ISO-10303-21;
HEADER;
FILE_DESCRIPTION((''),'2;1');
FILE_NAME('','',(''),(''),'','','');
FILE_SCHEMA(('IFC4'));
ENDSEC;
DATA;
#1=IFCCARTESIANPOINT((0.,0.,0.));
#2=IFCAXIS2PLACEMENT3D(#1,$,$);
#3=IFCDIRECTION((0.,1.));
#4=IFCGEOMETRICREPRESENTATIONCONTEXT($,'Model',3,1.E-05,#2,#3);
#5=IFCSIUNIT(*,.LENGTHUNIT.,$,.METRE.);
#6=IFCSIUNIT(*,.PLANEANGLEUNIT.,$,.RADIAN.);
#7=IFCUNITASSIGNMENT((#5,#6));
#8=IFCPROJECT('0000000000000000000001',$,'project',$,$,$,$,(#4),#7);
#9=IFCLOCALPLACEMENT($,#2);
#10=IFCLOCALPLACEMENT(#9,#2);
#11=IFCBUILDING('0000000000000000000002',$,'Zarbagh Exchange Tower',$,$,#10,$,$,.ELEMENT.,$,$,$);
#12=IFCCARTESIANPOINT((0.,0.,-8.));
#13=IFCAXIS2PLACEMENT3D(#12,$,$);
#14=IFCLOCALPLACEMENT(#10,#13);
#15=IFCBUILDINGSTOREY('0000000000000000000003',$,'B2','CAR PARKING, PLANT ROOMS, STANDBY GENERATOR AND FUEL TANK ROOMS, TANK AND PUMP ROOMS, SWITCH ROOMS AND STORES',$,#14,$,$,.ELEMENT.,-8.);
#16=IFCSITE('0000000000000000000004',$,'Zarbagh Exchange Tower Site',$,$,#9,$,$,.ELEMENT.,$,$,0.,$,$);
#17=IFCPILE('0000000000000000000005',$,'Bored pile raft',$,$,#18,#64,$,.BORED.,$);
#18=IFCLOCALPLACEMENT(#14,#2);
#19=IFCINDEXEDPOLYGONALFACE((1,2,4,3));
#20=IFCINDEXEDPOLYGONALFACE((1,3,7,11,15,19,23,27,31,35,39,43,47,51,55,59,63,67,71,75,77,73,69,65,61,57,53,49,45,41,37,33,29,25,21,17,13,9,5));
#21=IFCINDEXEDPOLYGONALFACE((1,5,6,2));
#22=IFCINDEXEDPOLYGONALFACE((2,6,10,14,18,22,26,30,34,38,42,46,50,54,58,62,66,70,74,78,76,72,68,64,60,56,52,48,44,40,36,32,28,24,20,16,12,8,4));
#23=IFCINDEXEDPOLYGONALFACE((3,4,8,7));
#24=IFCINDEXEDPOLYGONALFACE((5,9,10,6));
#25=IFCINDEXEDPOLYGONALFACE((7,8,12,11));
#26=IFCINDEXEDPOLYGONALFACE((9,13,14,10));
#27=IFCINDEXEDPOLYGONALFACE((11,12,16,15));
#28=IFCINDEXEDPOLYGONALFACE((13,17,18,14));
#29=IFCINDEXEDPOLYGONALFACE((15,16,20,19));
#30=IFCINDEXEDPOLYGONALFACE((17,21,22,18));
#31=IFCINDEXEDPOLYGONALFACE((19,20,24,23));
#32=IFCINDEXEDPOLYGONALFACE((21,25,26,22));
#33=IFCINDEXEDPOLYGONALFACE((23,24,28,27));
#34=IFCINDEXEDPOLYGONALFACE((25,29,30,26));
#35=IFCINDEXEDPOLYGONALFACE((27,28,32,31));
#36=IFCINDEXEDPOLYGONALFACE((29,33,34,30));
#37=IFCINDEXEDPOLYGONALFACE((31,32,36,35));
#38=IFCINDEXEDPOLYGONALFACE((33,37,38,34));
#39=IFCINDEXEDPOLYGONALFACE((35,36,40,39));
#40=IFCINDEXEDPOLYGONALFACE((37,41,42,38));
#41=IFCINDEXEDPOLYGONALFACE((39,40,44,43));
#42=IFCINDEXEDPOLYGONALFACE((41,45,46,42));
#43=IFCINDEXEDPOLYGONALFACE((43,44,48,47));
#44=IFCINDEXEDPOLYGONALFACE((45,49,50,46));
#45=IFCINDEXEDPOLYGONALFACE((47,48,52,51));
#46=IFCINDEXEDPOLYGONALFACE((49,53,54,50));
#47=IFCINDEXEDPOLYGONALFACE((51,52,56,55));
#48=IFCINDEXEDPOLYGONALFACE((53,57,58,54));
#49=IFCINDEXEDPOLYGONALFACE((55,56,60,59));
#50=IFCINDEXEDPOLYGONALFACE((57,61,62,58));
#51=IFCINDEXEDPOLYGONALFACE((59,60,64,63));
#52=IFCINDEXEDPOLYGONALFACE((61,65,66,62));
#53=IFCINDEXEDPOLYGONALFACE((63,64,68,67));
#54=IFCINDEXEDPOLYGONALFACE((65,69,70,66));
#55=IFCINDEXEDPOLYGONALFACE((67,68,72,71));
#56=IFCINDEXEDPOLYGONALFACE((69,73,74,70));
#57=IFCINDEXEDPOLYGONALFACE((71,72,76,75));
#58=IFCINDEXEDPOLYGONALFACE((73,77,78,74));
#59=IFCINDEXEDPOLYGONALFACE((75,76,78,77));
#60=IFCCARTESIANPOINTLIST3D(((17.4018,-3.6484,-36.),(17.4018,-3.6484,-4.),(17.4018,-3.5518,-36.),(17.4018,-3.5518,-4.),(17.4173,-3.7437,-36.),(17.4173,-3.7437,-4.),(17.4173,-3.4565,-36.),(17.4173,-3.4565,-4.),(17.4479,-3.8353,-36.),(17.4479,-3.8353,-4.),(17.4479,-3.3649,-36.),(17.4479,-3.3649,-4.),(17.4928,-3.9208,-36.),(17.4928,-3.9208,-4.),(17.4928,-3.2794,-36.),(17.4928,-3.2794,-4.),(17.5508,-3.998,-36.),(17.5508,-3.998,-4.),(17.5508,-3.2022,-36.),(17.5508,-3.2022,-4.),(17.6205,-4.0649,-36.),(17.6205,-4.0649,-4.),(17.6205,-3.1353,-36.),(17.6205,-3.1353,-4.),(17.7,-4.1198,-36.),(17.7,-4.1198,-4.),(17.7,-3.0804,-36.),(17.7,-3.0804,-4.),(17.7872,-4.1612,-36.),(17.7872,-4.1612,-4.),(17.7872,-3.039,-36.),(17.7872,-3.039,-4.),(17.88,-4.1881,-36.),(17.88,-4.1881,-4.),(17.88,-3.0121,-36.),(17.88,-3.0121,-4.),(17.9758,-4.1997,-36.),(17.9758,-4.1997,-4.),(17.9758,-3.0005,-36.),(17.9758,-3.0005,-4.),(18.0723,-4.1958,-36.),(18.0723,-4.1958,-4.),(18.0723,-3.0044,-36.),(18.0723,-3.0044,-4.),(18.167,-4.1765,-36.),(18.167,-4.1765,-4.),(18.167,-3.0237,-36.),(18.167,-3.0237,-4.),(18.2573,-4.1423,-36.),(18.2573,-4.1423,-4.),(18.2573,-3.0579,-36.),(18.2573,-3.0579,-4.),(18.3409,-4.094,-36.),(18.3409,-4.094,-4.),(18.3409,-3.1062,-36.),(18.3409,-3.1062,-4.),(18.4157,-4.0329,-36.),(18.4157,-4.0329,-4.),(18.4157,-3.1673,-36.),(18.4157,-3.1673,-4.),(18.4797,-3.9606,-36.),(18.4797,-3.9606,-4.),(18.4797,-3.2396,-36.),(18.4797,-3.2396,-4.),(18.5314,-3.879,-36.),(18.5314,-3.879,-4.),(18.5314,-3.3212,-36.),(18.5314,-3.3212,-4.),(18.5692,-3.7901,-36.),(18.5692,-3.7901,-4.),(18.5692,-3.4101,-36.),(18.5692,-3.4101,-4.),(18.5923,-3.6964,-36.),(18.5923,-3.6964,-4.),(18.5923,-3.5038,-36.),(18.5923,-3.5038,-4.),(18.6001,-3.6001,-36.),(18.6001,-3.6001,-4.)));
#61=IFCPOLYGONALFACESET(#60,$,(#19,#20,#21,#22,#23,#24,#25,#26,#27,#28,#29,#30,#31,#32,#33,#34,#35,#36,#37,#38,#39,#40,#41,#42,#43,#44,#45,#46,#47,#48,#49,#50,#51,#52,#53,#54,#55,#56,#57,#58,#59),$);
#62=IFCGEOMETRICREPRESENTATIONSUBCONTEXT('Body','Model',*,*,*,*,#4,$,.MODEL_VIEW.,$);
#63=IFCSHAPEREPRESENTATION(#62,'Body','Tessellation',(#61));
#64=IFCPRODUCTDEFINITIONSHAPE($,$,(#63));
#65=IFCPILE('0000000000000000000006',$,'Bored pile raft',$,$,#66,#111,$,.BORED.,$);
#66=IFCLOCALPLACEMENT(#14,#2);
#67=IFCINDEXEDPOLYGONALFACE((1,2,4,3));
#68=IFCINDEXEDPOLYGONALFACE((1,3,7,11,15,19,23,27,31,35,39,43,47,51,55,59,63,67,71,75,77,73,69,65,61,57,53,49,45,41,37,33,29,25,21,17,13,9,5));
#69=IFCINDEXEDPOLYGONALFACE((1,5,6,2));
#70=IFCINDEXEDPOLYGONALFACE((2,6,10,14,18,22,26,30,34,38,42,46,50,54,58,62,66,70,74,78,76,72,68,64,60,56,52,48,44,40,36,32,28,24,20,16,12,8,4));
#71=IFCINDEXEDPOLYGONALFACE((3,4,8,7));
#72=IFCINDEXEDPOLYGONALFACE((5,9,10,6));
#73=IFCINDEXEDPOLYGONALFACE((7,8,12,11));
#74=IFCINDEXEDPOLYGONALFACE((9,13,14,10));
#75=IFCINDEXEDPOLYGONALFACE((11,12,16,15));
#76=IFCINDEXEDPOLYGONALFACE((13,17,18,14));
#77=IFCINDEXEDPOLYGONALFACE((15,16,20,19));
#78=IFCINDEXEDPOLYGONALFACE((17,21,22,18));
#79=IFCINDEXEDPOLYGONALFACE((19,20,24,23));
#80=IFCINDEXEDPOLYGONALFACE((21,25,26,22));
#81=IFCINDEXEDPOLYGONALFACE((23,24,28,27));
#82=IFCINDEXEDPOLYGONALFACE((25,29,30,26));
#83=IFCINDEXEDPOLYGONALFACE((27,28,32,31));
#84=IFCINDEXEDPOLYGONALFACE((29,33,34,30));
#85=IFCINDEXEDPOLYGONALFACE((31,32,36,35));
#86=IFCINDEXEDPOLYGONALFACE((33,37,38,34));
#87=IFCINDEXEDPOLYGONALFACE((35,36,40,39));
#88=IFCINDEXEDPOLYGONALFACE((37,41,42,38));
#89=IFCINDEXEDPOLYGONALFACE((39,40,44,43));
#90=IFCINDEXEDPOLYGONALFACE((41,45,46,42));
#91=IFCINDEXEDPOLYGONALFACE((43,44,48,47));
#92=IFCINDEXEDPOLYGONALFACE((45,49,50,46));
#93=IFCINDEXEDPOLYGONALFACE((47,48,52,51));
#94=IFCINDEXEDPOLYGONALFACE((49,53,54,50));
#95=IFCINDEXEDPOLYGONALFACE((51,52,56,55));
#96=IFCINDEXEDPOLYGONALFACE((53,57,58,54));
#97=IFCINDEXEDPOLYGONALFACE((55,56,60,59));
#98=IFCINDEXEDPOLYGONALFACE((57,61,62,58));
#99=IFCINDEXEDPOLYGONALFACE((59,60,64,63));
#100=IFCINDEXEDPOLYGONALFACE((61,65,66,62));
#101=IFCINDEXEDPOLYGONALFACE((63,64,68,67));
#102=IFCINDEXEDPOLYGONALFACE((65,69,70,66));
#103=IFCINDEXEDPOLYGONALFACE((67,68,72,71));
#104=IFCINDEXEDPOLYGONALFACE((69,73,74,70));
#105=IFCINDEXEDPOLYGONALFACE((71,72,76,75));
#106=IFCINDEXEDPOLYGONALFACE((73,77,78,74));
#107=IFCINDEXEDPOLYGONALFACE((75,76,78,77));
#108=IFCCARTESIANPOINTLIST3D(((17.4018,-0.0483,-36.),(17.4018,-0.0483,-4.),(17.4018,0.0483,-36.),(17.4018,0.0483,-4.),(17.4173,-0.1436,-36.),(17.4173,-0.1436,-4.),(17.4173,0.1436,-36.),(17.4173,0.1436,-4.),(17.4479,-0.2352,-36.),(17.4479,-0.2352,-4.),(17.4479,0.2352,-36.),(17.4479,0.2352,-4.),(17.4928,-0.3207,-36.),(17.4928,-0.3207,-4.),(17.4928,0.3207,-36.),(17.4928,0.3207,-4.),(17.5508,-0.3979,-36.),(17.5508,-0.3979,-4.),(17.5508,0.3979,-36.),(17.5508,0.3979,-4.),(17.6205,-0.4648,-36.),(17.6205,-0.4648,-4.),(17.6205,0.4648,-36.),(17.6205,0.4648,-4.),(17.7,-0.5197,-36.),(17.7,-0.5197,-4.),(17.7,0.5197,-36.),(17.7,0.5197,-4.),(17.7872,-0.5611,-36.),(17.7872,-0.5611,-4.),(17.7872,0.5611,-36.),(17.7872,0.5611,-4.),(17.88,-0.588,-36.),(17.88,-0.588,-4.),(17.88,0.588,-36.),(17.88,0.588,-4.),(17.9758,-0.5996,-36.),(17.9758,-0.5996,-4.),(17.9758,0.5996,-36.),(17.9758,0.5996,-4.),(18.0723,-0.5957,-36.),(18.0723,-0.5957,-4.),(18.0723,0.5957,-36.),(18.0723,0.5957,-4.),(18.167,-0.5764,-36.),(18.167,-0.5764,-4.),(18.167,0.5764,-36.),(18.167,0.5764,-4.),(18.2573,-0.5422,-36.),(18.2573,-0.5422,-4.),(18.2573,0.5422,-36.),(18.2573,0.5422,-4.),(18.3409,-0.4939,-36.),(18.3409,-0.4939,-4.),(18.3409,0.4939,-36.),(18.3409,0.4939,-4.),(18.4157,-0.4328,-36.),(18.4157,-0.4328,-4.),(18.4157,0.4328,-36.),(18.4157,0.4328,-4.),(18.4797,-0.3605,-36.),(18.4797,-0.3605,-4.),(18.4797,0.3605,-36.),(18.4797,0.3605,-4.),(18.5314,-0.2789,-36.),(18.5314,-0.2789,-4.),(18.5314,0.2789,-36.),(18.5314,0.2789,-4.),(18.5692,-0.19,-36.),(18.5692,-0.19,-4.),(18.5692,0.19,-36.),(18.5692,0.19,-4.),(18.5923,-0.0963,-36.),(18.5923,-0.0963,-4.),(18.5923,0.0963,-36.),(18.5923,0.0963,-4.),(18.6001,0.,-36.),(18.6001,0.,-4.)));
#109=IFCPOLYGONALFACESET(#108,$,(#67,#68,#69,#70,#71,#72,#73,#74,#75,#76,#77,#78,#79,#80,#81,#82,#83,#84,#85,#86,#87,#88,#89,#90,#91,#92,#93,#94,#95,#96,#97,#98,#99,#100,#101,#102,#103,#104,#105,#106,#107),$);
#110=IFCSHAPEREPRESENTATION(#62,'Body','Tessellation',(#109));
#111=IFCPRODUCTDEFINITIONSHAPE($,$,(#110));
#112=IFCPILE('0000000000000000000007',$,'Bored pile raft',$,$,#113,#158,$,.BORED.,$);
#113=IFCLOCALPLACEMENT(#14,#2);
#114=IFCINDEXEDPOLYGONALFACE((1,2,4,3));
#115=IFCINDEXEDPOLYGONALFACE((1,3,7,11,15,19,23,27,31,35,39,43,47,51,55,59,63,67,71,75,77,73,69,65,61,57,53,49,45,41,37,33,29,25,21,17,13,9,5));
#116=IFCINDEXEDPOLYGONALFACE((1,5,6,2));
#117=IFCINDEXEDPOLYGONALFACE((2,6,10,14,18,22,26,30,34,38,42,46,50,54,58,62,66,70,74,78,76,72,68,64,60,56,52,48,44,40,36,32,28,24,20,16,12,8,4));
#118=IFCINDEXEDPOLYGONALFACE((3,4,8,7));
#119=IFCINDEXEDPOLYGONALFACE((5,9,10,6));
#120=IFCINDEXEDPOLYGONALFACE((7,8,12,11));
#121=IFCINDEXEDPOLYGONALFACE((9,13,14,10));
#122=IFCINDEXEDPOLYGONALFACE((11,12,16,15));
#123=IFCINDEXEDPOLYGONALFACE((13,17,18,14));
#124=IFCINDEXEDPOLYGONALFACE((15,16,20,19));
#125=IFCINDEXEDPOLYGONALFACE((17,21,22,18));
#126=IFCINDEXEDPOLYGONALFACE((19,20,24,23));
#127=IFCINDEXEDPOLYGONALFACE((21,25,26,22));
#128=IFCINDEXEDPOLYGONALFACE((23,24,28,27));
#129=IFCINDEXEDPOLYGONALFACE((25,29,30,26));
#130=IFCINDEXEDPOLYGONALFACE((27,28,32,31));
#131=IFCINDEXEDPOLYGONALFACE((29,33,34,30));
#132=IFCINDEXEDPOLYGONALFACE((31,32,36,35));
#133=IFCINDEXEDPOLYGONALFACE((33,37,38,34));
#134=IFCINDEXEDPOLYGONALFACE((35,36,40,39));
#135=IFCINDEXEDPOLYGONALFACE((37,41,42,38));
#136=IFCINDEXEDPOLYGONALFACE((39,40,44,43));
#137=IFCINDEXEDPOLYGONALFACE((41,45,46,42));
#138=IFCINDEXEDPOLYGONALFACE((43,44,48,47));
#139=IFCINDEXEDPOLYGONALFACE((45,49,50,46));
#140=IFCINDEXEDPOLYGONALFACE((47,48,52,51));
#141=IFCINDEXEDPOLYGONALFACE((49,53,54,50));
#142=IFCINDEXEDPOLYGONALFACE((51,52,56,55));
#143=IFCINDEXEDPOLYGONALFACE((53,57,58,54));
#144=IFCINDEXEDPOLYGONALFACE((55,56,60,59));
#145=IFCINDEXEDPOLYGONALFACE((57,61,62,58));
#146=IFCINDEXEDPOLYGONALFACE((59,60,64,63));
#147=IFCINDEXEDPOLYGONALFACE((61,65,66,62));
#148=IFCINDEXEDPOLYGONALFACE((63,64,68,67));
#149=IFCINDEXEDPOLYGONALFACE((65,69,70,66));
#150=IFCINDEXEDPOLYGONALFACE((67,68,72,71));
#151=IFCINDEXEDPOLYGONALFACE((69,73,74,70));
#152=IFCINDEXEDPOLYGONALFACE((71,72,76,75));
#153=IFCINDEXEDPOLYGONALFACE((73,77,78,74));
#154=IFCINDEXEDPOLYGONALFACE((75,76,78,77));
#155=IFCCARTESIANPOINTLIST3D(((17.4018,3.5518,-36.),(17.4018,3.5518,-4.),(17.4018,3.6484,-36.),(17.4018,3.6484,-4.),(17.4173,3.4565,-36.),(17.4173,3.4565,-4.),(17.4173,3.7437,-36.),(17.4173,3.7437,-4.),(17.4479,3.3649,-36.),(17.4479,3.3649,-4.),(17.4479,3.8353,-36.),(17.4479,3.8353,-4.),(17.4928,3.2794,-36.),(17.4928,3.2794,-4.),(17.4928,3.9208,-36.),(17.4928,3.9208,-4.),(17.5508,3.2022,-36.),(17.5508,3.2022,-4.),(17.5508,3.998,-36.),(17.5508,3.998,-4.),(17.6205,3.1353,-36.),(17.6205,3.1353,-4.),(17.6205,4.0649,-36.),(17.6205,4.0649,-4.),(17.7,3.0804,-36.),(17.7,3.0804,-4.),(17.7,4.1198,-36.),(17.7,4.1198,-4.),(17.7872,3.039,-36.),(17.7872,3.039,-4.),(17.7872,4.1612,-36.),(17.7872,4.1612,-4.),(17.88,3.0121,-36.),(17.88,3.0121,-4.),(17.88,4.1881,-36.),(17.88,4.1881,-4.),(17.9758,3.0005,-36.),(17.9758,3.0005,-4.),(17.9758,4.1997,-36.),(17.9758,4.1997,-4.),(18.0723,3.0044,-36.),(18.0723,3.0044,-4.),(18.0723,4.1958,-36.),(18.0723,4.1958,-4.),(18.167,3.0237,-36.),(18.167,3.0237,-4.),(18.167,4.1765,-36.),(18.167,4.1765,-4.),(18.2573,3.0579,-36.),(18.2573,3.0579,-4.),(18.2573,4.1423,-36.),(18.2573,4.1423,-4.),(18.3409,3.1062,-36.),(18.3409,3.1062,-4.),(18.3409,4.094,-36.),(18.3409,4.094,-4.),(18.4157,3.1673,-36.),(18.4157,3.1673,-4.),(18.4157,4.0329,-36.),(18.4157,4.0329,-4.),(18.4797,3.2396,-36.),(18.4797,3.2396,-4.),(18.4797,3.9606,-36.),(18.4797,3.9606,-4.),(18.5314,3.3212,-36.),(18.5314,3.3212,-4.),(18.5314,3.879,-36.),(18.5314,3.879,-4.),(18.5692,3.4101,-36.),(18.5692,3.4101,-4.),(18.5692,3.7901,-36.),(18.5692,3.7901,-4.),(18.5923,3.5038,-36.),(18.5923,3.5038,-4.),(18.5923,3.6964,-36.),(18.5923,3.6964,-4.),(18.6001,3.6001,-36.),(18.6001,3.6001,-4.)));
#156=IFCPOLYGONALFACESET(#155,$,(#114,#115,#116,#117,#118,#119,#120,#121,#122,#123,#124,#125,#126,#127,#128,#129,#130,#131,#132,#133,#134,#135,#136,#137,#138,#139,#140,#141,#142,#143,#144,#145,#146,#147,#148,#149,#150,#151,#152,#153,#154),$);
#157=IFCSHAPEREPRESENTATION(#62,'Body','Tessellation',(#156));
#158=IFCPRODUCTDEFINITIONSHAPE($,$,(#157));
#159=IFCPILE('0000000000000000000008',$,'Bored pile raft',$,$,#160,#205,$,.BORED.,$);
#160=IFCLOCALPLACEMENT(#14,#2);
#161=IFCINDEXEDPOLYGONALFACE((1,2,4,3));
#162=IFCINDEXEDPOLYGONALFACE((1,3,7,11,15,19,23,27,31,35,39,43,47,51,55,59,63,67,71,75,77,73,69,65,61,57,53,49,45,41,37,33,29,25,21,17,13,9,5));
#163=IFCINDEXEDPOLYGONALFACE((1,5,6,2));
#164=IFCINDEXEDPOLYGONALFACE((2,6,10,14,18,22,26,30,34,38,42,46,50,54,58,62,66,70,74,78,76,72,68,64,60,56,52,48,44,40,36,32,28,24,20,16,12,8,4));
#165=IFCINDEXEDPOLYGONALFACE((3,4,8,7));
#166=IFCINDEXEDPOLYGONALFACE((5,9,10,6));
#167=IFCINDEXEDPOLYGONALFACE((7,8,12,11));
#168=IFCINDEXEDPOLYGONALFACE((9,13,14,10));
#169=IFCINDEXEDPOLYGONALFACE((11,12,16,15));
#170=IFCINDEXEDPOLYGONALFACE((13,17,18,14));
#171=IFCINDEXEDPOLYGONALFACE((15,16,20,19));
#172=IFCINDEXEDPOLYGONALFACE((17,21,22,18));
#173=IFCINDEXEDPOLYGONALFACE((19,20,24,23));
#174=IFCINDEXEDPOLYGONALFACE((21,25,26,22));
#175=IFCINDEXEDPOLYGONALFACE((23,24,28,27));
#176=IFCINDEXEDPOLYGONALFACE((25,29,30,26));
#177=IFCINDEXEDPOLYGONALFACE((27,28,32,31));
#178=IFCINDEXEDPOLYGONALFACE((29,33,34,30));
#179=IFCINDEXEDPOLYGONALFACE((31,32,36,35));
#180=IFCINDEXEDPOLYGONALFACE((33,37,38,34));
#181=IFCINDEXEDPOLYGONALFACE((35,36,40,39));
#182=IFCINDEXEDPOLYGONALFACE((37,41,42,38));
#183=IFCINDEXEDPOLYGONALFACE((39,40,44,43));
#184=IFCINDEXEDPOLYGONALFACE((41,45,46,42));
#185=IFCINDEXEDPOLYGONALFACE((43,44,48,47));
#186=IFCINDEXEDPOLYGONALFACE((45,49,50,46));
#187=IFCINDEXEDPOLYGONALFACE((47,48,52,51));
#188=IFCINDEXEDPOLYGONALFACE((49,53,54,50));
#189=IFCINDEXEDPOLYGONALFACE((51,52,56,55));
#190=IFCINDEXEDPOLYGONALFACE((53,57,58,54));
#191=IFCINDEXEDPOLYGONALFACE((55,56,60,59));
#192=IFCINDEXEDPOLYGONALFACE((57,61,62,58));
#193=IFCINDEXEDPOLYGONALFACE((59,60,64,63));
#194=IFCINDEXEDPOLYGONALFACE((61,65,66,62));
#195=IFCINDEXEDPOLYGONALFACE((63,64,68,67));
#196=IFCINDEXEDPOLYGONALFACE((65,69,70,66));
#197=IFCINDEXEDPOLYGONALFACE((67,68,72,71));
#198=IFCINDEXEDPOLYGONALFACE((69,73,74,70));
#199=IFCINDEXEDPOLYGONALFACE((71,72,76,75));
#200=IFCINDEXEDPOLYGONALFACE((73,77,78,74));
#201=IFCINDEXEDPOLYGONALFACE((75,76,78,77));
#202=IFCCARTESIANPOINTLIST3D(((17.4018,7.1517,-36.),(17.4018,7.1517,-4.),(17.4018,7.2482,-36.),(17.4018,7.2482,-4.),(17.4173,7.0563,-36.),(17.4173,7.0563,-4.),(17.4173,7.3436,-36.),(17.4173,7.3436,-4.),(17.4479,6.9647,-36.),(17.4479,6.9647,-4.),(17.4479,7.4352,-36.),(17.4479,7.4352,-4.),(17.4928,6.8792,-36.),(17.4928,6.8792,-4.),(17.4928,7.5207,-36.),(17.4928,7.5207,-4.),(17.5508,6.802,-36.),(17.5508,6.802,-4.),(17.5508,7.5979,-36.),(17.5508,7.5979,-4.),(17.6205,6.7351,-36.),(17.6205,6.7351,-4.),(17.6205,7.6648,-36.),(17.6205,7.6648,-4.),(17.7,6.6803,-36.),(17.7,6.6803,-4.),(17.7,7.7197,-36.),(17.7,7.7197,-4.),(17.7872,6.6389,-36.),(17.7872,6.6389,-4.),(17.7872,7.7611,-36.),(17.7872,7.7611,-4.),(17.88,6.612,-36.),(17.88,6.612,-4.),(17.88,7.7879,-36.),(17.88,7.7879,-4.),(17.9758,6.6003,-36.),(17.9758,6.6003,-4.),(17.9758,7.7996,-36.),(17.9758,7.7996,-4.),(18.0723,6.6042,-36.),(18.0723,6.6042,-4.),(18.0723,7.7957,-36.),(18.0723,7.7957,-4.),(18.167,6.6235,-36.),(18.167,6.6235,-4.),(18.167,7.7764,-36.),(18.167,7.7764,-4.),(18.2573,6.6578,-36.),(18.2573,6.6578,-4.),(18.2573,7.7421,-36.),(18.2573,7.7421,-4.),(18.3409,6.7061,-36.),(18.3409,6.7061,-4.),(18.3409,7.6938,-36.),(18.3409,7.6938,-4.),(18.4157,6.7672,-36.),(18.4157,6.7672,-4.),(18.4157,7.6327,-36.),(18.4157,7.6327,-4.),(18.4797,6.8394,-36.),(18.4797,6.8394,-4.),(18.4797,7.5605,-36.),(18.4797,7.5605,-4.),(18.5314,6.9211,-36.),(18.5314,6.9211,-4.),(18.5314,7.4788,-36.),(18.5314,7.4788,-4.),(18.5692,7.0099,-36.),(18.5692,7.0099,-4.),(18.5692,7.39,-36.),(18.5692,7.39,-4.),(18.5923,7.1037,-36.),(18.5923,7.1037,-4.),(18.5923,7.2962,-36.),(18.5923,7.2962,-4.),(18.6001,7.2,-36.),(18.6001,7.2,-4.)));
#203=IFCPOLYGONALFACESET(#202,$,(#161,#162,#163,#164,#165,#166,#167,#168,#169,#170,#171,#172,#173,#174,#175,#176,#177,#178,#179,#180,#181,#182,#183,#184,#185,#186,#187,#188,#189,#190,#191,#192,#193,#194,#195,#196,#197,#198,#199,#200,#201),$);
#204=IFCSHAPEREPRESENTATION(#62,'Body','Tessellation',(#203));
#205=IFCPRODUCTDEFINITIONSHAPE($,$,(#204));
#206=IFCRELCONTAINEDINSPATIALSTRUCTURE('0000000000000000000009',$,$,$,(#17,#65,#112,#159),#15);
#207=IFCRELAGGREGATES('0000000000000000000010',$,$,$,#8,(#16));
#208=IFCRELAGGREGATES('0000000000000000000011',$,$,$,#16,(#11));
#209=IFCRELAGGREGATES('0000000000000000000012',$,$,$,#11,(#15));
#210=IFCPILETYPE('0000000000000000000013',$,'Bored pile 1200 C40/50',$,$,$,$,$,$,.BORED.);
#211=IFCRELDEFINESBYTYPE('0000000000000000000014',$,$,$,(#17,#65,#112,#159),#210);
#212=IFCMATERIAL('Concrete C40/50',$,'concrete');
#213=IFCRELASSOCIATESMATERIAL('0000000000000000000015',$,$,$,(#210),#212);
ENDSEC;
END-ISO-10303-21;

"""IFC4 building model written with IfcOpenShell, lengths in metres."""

from ifc_helpers import new_model, si_unit, direction, frame, origin, origin_2d, place, context, subcontext, project, spatial, circle, extrude, material, material_profile, profile_set, type_object, element, save


model = new_model("IFC4")

# Units and contexts
model_context = context("Model", 3, precision=1e-05, world=origin(), true_north=direction((0.0, 1.0)))
body_context = subcontext(model_context, "Body", "Model", "MODEL_VIEW")
ifc_project = project(units=[si_unit("LENGTHUNIT", "METRE"), si_unit("PLANEANGLEUNIT", "RADIAN")], contexts=[model_context])

# Site, building, storey
site_placement = place(None, origin())
site = spatial("IfcSite", under=ifc_project, at=site_placement, Name="Zarbagh Exchange Tower Site", CompositionType="ELEMENT", RefElevation=0.0)
building_placement = place(site_placement, origin())
building = spatial("IfcBuilding", under=site, at=building_placement, Name="Zarbagh Exchange Tower", CompositionType="ELEMENT")
storey_placement = place(building_placement, frame((0.0, 0.0, -8.0)))
storey = spatial("IfcBuildingStorey", under=building, at=storey_placement, Name="B2", Description="CAR PARKING, PLANT ROOMS, STANDBY GENERATOR AND FUEL TANK ROOMS, TANK AND PUMP ROOMS, SWITCH ROOMS AND STORES", CompositionType="ELEMENT", Elevation=-8.0)

# Piles
ifc_material_1 = material(Name="Concrete C40/50", Category="concrete")
ifc_material_profile_1 = material_profile(ifc_material_1, circle(Radius=0.6001, at=origin_2d()), Name="Bored pile 1200 C40/50")
ifc_profile_set_1 = profile_set([ifc_material_profile_1], Name="Concrete C40/50")
pile_type = type_object("IfcPileType", Name="Bored pile 1200 C40/50", PredefinedType="BORED", material=ifc_profile_set_1)
for number, where, z_axis, x_axis, name in (
    (1, (18.0, -3.6001, -4.0), (0.0, 0.0, -1.0), (1.0, 0.0, 0.0), "Bored pile raft"),
    (2, (18.0, 0.0, -4.0), (0.0, 0.0, -1.0), (1.0, 0.0, 0.0), "Bored pile raft"),
    (3, (18.0, 3.6001, -4.0), (0.0, 0.0, -1.0), (1.0, 0.0, 0.0), "Bored pile raft"),
    (4, (18.0, 7.2, -4.0), (0.0, 0.0, -1.0), (1.0, 0.0, 0.0), "Bored pile raft"),
):
    element("IfcPile", number, at=place(storey_placement, frame(where, z_axis=z_axis, x_axis=x_axis)), inside=storey, type_object=pile_type, Name=name, PredefinedType="BORED", context=body_context, shape_type="SweptSolid", body=[
        extrude(circle(Radius=0.6001, at=origin_2d()), origin(), (0.0, 0.0, 1.0), 32.0),
    ])

save(model, "model.ifc")
